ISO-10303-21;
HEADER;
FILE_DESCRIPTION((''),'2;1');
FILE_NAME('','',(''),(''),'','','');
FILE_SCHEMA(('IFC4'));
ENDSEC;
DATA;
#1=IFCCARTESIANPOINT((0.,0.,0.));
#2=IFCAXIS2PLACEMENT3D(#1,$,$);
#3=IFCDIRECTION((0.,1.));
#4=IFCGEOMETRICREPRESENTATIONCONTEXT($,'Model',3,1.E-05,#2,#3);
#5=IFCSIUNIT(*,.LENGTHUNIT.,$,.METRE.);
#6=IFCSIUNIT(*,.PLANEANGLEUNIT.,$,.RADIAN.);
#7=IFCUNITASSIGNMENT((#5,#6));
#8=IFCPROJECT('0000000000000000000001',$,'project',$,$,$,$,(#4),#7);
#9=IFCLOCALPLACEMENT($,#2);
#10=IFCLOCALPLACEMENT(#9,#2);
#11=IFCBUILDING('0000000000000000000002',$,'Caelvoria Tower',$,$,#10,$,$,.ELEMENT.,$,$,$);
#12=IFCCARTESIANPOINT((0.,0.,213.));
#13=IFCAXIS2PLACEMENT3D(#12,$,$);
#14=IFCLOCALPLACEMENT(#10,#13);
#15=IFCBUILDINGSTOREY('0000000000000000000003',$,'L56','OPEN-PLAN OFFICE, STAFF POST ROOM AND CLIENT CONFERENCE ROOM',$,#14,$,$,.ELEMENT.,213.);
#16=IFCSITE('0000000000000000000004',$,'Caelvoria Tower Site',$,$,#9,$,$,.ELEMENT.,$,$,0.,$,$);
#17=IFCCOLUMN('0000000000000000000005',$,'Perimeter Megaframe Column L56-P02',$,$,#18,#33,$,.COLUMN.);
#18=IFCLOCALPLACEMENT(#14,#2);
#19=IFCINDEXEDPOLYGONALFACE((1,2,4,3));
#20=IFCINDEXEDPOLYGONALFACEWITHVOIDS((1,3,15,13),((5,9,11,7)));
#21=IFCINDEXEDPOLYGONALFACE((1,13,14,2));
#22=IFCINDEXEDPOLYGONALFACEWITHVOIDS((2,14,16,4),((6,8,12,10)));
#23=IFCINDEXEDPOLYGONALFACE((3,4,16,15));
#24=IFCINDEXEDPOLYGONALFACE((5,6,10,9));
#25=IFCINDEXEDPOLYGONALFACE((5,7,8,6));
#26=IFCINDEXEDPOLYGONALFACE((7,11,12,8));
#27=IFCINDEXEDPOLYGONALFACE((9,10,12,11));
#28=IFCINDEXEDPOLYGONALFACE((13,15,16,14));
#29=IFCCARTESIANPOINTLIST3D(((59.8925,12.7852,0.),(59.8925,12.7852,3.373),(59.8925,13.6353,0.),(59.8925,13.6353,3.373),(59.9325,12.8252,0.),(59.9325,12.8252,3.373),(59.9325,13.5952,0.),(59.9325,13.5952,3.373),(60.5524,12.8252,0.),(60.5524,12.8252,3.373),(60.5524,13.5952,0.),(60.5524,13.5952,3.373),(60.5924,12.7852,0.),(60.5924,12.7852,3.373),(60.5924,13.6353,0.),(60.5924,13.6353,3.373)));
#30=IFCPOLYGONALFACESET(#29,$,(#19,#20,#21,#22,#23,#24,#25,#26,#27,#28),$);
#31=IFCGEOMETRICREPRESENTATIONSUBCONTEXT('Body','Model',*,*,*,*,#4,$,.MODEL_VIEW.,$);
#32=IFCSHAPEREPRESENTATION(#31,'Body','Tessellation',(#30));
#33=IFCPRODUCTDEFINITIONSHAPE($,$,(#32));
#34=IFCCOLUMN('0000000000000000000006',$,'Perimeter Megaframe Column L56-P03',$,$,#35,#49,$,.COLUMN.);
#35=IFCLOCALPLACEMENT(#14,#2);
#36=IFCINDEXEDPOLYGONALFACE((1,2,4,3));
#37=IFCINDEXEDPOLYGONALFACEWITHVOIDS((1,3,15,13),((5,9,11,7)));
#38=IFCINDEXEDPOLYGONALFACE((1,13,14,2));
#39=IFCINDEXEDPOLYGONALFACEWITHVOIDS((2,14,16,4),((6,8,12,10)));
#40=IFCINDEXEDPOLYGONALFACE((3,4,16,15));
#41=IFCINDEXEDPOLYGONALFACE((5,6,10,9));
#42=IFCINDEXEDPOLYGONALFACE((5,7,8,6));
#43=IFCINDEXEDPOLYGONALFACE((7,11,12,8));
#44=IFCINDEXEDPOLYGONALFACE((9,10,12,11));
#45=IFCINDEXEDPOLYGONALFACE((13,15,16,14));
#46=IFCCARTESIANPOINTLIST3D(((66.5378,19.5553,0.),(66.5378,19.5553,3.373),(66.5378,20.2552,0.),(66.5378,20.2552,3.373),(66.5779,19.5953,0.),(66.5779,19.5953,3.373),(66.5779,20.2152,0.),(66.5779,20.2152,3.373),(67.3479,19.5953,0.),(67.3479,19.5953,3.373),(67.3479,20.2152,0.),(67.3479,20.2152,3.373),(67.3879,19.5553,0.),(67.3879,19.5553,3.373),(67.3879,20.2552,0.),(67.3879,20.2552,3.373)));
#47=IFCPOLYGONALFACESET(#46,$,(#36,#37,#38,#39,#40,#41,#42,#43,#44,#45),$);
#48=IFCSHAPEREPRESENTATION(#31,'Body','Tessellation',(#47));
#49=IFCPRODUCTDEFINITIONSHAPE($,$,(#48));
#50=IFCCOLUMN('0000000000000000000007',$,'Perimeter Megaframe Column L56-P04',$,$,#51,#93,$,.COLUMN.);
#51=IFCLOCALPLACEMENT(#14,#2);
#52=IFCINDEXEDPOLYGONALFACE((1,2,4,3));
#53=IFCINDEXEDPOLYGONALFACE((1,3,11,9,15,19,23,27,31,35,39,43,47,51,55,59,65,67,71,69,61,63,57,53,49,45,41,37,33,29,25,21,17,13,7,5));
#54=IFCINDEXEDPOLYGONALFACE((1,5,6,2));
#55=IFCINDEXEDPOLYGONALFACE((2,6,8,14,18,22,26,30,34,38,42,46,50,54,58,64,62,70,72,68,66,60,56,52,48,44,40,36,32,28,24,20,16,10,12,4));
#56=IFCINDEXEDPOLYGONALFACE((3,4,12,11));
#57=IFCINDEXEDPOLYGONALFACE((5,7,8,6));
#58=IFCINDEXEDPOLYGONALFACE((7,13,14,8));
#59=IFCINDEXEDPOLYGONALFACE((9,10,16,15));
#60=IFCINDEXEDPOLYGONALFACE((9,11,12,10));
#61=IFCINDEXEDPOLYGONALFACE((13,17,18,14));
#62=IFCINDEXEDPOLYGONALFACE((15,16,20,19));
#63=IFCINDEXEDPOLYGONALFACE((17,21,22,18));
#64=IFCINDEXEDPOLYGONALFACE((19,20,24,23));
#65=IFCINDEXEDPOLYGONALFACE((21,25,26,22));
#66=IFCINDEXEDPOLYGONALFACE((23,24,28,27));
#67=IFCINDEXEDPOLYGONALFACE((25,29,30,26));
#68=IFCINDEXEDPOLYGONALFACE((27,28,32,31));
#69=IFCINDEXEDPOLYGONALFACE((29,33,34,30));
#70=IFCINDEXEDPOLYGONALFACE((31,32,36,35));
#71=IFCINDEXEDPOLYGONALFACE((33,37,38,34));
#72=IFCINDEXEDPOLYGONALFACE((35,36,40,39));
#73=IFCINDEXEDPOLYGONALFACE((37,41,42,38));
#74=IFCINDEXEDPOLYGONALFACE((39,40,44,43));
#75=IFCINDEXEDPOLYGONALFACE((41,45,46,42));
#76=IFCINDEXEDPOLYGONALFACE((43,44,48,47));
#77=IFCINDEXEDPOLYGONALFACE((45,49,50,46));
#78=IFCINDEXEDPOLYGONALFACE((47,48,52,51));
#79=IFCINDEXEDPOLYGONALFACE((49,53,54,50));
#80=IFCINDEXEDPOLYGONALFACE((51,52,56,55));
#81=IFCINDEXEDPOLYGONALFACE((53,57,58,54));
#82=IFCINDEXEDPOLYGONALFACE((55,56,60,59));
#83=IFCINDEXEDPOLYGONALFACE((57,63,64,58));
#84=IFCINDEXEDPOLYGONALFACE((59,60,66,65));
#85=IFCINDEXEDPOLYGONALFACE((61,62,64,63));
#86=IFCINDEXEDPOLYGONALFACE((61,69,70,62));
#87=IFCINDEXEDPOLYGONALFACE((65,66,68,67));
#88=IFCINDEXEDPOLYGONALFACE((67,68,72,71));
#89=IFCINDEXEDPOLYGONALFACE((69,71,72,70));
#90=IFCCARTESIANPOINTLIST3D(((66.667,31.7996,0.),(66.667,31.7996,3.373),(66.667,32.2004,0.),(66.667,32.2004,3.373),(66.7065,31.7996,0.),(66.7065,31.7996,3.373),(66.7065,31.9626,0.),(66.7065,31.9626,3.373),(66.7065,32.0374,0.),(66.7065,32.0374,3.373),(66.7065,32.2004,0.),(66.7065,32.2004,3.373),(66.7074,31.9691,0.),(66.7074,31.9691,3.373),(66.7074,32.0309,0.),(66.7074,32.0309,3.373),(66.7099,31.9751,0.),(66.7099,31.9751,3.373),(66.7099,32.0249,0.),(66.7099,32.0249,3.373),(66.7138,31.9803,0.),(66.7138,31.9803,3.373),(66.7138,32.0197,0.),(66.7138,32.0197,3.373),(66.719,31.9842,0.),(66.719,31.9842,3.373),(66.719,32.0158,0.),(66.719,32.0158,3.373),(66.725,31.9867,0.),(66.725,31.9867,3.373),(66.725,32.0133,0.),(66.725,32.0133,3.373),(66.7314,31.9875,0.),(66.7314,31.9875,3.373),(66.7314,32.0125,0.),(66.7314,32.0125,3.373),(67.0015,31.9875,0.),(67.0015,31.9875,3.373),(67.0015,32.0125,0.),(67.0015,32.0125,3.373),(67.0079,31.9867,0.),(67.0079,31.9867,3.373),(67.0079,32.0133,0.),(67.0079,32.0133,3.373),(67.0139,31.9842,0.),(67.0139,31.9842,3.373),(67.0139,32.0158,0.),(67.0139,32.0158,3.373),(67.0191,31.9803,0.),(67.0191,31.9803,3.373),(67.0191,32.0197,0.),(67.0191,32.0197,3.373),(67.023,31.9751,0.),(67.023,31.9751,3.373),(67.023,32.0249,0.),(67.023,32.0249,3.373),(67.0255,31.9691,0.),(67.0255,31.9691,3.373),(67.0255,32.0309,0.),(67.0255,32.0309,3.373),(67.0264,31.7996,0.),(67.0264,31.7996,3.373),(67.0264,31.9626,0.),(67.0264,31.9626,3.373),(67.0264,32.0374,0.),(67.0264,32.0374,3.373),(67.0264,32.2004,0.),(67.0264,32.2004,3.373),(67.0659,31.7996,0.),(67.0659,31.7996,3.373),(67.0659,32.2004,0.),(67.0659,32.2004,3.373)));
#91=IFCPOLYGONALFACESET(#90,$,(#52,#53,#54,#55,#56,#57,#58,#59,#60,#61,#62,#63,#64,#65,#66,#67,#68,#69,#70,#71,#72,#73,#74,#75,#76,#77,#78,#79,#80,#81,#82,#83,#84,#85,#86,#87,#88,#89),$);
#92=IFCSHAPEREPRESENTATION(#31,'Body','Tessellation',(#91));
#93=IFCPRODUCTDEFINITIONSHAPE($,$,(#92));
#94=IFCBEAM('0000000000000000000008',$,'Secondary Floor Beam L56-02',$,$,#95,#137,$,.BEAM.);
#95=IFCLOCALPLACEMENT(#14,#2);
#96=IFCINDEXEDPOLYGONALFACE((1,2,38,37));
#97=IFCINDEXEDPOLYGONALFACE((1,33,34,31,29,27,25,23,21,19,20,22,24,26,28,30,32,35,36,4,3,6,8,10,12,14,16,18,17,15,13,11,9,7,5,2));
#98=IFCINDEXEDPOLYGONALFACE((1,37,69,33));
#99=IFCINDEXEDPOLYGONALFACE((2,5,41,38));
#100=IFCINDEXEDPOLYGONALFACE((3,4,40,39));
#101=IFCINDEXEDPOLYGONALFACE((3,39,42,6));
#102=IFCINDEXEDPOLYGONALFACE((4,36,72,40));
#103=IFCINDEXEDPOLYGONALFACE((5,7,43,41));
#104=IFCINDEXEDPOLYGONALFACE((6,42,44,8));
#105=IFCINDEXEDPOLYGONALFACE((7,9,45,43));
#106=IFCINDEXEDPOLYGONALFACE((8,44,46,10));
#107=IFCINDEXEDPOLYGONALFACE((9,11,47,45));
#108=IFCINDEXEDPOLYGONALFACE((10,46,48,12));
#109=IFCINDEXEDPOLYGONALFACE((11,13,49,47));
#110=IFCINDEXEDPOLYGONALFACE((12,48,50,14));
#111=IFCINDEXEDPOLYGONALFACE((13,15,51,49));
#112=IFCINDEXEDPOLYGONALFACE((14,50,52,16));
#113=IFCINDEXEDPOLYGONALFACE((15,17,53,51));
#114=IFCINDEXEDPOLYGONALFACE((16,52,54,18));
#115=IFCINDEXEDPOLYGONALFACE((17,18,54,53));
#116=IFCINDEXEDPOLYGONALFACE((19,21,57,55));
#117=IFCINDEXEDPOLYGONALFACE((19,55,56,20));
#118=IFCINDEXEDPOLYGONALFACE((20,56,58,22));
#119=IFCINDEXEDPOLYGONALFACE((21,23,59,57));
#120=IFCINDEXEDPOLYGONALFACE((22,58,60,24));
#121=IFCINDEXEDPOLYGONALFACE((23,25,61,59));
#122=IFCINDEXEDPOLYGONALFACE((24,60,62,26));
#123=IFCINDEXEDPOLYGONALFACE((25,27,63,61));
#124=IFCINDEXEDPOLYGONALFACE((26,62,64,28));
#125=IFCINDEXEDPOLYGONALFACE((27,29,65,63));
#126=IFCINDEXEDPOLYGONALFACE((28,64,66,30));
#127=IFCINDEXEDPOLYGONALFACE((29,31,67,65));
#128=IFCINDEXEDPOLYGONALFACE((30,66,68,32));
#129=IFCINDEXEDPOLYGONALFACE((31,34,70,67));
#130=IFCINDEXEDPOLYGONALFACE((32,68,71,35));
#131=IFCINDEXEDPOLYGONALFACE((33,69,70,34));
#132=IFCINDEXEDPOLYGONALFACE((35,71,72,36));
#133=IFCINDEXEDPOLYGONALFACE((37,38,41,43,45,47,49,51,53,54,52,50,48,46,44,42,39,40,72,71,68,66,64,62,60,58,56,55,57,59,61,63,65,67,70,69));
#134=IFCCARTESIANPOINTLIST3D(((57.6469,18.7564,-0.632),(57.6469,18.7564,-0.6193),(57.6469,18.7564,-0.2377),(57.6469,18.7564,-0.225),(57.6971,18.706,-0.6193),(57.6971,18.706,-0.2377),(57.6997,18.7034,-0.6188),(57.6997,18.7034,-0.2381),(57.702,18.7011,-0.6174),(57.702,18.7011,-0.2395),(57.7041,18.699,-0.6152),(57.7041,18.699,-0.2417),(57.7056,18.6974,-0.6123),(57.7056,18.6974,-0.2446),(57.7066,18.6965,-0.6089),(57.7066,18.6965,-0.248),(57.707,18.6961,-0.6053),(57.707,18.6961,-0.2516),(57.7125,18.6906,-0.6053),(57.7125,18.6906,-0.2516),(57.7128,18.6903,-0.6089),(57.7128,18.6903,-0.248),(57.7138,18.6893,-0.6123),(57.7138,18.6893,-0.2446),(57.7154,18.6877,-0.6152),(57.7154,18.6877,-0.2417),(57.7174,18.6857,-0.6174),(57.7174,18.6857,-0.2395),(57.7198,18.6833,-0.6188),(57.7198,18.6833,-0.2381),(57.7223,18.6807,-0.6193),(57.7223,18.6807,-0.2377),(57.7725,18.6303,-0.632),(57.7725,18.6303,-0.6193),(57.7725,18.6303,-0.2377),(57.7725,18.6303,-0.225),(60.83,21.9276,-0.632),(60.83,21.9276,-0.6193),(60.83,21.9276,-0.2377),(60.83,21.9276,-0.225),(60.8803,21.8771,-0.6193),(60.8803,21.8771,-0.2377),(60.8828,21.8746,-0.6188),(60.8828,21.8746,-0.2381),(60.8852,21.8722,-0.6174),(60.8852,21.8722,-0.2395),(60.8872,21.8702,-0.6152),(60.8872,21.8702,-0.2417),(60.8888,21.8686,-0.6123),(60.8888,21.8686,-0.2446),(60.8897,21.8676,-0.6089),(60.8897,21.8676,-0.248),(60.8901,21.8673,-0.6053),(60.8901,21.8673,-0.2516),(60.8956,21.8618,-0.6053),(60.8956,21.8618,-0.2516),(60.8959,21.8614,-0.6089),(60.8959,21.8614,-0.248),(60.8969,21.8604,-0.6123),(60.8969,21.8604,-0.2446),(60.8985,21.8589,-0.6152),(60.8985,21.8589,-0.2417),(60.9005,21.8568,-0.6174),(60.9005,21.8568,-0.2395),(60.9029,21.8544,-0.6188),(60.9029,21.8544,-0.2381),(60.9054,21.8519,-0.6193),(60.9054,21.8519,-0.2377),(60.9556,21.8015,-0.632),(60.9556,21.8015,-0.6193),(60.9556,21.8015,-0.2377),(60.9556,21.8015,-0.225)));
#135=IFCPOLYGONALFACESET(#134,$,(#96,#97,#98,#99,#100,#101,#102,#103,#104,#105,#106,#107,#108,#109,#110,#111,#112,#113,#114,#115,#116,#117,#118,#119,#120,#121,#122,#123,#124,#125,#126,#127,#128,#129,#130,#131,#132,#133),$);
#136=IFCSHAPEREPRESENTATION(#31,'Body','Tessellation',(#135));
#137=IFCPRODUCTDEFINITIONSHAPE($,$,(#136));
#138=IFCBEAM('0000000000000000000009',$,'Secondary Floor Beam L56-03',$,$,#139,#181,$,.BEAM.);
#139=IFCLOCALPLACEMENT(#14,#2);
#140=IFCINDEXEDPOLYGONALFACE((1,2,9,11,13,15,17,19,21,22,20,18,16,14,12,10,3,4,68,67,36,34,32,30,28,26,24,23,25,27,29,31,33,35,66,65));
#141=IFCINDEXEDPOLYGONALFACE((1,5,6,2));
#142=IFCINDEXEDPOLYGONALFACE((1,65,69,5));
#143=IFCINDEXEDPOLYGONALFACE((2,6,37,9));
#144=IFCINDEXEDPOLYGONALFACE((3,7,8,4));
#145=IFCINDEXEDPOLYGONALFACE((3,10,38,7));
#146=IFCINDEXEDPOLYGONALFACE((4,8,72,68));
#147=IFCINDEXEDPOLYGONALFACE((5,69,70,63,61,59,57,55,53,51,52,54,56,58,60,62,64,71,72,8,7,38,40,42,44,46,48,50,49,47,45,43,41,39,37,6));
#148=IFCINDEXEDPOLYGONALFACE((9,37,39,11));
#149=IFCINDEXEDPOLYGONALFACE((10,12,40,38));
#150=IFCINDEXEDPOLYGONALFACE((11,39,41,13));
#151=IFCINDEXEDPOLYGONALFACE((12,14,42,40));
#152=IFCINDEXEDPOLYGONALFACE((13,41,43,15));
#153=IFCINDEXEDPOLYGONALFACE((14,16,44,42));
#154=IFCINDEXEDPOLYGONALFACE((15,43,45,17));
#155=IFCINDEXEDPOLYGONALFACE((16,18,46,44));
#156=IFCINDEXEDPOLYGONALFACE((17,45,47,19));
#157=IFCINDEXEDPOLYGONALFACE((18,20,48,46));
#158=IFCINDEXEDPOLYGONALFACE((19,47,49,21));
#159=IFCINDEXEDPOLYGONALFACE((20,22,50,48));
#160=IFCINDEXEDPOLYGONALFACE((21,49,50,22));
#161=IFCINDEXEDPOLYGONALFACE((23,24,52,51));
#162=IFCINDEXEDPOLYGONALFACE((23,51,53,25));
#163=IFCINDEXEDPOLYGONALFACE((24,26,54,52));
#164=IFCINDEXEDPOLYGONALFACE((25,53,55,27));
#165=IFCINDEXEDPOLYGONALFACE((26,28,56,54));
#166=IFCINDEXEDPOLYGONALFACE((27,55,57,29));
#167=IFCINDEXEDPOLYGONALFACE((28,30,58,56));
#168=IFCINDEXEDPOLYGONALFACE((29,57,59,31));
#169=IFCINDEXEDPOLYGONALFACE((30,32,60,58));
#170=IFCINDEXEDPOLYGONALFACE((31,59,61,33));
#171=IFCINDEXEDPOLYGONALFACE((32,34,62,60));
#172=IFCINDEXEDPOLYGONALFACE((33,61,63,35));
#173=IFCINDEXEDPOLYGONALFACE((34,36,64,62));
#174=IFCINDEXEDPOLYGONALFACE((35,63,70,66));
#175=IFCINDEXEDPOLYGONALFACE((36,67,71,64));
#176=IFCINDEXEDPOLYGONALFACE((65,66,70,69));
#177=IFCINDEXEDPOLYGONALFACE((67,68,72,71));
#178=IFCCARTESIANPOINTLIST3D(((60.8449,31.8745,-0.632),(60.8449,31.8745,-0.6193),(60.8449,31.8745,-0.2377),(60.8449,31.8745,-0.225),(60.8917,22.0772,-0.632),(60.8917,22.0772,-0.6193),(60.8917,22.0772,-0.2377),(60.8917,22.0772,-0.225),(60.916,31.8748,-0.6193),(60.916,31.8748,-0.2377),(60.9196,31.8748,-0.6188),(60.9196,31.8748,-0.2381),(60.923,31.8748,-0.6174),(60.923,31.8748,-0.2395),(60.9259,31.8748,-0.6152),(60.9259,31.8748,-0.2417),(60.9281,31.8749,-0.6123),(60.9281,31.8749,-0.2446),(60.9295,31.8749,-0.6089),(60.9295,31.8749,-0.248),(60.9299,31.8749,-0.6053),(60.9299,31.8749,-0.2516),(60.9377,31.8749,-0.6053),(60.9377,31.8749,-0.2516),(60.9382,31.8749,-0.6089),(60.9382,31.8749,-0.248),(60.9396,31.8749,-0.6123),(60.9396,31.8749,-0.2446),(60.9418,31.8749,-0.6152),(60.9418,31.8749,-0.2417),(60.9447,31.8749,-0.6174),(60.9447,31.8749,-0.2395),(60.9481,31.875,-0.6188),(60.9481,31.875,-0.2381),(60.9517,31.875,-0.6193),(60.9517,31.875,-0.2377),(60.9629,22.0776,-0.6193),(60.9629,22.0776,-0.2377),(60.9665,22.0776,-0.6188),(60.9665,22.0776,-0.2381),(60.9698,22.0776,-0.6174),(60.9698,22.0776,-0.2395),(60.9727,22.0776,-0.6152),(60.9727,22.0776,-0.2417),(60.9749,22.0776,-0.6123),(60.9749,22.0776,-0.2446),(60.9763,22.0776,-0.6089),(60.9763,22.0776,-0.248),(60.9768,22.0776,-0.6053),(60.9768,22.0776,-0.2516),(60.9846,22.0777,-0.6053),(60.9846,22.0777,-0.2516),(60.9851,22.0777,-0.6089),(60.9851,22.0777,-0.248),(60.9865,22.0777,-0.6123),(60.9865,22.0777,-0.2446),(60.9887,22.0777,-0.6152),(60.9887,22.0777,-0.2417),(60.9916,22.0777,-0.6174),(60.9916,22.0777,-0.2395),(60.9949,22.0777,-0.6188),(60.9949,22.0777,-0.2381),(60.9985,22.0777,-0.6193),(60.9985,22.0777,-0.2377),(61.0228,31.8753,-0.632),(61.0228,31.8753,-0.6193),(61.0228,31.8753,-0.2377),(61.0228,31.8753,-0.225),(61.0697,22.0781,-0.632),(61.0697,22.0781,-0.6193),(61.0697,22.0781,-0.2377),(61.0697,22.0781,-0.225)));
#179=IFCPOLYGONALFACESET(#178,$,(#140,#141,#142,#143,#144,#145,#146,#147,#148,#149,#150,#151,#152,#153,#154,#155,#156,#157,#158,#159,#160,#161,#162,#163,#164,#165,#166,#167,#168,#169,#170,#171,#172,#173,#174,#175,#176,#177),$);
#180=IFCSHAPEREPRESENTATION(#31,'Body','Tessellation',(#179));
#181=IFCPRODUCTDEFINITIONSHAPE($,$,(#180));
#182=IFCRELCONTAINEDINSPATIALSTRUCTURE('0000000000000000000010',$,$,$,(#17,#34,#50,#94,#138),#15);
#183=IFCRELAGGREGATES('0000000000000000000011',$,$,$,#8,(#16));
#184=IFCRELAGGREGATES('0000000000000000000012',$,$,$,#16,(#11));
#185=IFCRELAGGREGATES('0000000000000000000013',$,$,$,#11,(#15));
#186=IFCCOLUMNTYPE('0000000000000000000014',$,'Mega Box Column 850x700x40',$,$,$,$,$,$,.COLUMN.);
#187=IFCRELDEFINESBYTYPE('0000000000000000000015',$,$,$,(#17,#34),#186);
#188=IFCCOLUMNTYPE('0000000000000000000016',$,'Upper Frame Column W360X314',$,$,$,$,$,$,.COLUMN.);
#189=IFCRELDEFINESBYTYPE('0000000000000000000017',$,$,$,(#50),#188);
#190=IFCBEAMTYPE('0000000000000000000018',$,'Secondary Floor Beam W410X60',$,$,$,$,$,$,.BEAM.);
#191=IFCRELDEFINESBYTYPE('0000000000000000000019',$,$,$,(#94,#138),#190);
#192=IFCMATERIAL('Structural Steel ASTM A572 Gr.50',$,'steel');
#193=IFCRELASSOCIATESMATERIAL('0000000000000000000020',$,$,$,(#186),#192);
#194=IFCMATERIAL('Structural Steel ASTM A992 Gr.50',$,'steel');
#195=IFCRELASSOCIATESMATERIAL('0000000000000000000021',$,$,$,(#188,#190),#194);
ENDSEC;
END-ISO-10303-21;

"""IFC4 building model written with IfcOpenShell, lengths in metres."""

from ifc_helpers import new_model, si_unit, direction, frame, origin, origin_2d, place, context, subcontext, project, spatial, hollow_rectangle, i_section, extrude, material, material_profile, profile_set, type_object, element, save


model = new_model("IFC4")

# Units and contexts
model_context = context("Model", 3, precision=1e-05, world=origin(), true_north=direction((0.0, 1.0)))
body_context = subcontext(model_context, "Body", "Model", "MODEL_VIEW")
ifc_project = project(units=[si_unit("LENGTHUNIT", "METRE"), si_unit("PLANEANGLEUNIT", "RADIAN")], contexts=[model_context])

# Site, building, storey
site_placement = place(None, origin())
site = spatial("IfcSite", under=ifc_project, at=site_placement, Name="Caelvoria Tower Site", CompositionType="ELEMENT", RefElevation=0.0)
building_placement = place(site_placement, origin())
building = spatial("IfcBuilding", under=site, at=building_placement, Name="Caelvoria Tower", CompositionType="ELEMENT")
storey_placement = place(building_placement, frame((0.0, 0.0, 213.0)))
storey = spatial("IfcBuildingStorey", under=building, at=storey_placement, Name="L56", Description="OPEN-PLAN OFFICE, STAFF POST ROOM AND CLIENT CONFERENCE ROOM", CompositionType="ELEMENT", Elevation=213.0)

# Columns
ifc_material_1 = material(Name="Structural Steel ASTM A572 Gr.50", Category="steel")
ifc_material_profile_1 = material_profile(ifc_material_1, hollow_rectangle(XDim=0.7, YDim=0.8501, WallThickness=0.04, at=origin_2d()), Name="Structural Steel ASTM A572 Gr.50")
ifc_profile_set_1 = profile_set([ifc_material_profile_1], Name="BOX850X700X40 - Structural Steel ASTM A572 Gr.50")
column_type_1 = type_object("IfcColumnType", Name="Mega Box Column 850x700x40", PredefinedType="COLUMN", material=ifc_profile_set_1)
for number, where, z_axis, x_axis, name in (
    (1, (60.2424, 13.2102, 0.0), (0.0, 0.0, 1.0), (1.0, 0.0, 0.0), "Perimeter Megaframe Column L56-P02"),
    (2, (66.9629, 19.9053, 0.0), (0.0, 0.0, 1.0), (0.0, 1.0, 0.0), "Perimeter Megaframe Column L56-P03"),
):
    element("IfcColumn", number, at=place(storey_placement, frame(where, z_axis=z_axis, x_axis=x_axis)), inside=storey, type_object=column_type_1, Name=name, PredefinedType="COLUMN", context=body_context, shape_type="SweptSolid", body=[
        extrude(hollow_rectangle(XDim=0.7, YDim=0.8501, WallThickness=0.04, at=origin_2d()), origin(), (0.0, 0.0, 1.0), 3.373),
    ])
ifc_material_2 = material(Name="Structural Steel ASTM A992 Gr.50", Category="steel")
ifc_material_profile_2 = material_profile(ifc_material_2, i_section(OverallWidth=0.4009, OverallDepth=0.3989, WebThickness=0.0249, FlangeThickness=0.0396, FilletRadius=0.0249, at=origin_2d()), Name="Structural Steel ASTM A992 Gr.50")
ifc_profile_set_2 = profile_set([ifc_material_profile_2], Name="W360X314 - Structural Steel ASTM A992 Gr.50")
column_type_2 = type_object("IfcColumnType", Name="Upper Frame Column W360X314", PredefinedType="COLUMN", material=ifc_profile_set_2)
column_placement = place(storey_placement, frame((66.8665, 32.0, 0.0), z_axis=(0.0, 0.0, 1.0), x_axis=(0.0, 1.0, 0.0)))
element("IfcColumn", 3, at=column_placement, inside=storey, type_object=column_type_2, Name="Perimeter Megaframe Column L56-P04", PredefinedType="COLUMN", context=body_context, shape_type="SweptSolid", body=[
    extrude(i_section(OverallWidth=0.4009, OverallDepth=0.3989, WebThickness=0.0249, FlangeThickness=0.0396, FilletRadius=0.0249, at=origin_2d()), origin(), (0.0, 0.0, 1.0), 3.373),
])

# Beams
ifc_material_profile_3 = material_profile(ifc_material_2, i_section(OverallWidth=0.178, OverallDepth=0.407, WebThickness=0.0078, FlangeThickness=0.0127, FilletRadius=0.0139, at=origin_2d()), Name="Structural Steel ASTM A992 Gr.50")
ifc_profile_set_3 = profile_set([ifc_material_profile_3], Name="W410X60 - Structural Steel ASTM A992 Gr.50")
beam_type_1 = type_object("IfcBeamType", Name="Secondary Floor Beam W410X60", PredefinedType="BEAM", material=ifc_profile_set_3)
beam_1_placement = place(storey_placement, frame((57.7097, 18.6934, -0.4285), z_axis=(0.708437, 0.705774, 0.0), x_axis=(-0.705774, 0.708437, 0.0)))
element("IfcBeam", 4, at=beam_1_placement, inside=storey, type_object=beam_type_1, Name="Secondary Floor Beam L56-02", PredefinedType="BEAM", context=body_context, shape_type="SweptSolid", body=[
    extrude(i_section(OverallWidth=0.178, OverallDepth=0.407, WebThickness=0.0078, FlangeThickness=0.0127, FilletRadius=0.0139, at=origin_2d()), origin(), (0.0, 0.0, 1.0), 4.4932),
])
beam_2_placement = place(storey_placement, frame((60.9807, 22.0776, -0.4285), z_axis=(-0.004784, 0.999989, 0.0), x_axis=(-0.999989, -0.004784, 0.0)))
element("IfcBeam", 5, at=beam_2_placement, inside=storey, type_object=beam_type_1, Name="Secondary Floor Beam L56-03", PredefinedType="BEAM", context=body_context, shape_type="SweptSolid", body=[
    extrude(i_section(OverallWidth=0.178, OverallDepth=0.407, WebThickness=0.0078, FlangeThickness=0.0127, FilletRadius=0.0139, at=origin_2d()), origin(), (0.0, 0.0, 1.0), 9.7974),
])

save(model, "model.ifc")
